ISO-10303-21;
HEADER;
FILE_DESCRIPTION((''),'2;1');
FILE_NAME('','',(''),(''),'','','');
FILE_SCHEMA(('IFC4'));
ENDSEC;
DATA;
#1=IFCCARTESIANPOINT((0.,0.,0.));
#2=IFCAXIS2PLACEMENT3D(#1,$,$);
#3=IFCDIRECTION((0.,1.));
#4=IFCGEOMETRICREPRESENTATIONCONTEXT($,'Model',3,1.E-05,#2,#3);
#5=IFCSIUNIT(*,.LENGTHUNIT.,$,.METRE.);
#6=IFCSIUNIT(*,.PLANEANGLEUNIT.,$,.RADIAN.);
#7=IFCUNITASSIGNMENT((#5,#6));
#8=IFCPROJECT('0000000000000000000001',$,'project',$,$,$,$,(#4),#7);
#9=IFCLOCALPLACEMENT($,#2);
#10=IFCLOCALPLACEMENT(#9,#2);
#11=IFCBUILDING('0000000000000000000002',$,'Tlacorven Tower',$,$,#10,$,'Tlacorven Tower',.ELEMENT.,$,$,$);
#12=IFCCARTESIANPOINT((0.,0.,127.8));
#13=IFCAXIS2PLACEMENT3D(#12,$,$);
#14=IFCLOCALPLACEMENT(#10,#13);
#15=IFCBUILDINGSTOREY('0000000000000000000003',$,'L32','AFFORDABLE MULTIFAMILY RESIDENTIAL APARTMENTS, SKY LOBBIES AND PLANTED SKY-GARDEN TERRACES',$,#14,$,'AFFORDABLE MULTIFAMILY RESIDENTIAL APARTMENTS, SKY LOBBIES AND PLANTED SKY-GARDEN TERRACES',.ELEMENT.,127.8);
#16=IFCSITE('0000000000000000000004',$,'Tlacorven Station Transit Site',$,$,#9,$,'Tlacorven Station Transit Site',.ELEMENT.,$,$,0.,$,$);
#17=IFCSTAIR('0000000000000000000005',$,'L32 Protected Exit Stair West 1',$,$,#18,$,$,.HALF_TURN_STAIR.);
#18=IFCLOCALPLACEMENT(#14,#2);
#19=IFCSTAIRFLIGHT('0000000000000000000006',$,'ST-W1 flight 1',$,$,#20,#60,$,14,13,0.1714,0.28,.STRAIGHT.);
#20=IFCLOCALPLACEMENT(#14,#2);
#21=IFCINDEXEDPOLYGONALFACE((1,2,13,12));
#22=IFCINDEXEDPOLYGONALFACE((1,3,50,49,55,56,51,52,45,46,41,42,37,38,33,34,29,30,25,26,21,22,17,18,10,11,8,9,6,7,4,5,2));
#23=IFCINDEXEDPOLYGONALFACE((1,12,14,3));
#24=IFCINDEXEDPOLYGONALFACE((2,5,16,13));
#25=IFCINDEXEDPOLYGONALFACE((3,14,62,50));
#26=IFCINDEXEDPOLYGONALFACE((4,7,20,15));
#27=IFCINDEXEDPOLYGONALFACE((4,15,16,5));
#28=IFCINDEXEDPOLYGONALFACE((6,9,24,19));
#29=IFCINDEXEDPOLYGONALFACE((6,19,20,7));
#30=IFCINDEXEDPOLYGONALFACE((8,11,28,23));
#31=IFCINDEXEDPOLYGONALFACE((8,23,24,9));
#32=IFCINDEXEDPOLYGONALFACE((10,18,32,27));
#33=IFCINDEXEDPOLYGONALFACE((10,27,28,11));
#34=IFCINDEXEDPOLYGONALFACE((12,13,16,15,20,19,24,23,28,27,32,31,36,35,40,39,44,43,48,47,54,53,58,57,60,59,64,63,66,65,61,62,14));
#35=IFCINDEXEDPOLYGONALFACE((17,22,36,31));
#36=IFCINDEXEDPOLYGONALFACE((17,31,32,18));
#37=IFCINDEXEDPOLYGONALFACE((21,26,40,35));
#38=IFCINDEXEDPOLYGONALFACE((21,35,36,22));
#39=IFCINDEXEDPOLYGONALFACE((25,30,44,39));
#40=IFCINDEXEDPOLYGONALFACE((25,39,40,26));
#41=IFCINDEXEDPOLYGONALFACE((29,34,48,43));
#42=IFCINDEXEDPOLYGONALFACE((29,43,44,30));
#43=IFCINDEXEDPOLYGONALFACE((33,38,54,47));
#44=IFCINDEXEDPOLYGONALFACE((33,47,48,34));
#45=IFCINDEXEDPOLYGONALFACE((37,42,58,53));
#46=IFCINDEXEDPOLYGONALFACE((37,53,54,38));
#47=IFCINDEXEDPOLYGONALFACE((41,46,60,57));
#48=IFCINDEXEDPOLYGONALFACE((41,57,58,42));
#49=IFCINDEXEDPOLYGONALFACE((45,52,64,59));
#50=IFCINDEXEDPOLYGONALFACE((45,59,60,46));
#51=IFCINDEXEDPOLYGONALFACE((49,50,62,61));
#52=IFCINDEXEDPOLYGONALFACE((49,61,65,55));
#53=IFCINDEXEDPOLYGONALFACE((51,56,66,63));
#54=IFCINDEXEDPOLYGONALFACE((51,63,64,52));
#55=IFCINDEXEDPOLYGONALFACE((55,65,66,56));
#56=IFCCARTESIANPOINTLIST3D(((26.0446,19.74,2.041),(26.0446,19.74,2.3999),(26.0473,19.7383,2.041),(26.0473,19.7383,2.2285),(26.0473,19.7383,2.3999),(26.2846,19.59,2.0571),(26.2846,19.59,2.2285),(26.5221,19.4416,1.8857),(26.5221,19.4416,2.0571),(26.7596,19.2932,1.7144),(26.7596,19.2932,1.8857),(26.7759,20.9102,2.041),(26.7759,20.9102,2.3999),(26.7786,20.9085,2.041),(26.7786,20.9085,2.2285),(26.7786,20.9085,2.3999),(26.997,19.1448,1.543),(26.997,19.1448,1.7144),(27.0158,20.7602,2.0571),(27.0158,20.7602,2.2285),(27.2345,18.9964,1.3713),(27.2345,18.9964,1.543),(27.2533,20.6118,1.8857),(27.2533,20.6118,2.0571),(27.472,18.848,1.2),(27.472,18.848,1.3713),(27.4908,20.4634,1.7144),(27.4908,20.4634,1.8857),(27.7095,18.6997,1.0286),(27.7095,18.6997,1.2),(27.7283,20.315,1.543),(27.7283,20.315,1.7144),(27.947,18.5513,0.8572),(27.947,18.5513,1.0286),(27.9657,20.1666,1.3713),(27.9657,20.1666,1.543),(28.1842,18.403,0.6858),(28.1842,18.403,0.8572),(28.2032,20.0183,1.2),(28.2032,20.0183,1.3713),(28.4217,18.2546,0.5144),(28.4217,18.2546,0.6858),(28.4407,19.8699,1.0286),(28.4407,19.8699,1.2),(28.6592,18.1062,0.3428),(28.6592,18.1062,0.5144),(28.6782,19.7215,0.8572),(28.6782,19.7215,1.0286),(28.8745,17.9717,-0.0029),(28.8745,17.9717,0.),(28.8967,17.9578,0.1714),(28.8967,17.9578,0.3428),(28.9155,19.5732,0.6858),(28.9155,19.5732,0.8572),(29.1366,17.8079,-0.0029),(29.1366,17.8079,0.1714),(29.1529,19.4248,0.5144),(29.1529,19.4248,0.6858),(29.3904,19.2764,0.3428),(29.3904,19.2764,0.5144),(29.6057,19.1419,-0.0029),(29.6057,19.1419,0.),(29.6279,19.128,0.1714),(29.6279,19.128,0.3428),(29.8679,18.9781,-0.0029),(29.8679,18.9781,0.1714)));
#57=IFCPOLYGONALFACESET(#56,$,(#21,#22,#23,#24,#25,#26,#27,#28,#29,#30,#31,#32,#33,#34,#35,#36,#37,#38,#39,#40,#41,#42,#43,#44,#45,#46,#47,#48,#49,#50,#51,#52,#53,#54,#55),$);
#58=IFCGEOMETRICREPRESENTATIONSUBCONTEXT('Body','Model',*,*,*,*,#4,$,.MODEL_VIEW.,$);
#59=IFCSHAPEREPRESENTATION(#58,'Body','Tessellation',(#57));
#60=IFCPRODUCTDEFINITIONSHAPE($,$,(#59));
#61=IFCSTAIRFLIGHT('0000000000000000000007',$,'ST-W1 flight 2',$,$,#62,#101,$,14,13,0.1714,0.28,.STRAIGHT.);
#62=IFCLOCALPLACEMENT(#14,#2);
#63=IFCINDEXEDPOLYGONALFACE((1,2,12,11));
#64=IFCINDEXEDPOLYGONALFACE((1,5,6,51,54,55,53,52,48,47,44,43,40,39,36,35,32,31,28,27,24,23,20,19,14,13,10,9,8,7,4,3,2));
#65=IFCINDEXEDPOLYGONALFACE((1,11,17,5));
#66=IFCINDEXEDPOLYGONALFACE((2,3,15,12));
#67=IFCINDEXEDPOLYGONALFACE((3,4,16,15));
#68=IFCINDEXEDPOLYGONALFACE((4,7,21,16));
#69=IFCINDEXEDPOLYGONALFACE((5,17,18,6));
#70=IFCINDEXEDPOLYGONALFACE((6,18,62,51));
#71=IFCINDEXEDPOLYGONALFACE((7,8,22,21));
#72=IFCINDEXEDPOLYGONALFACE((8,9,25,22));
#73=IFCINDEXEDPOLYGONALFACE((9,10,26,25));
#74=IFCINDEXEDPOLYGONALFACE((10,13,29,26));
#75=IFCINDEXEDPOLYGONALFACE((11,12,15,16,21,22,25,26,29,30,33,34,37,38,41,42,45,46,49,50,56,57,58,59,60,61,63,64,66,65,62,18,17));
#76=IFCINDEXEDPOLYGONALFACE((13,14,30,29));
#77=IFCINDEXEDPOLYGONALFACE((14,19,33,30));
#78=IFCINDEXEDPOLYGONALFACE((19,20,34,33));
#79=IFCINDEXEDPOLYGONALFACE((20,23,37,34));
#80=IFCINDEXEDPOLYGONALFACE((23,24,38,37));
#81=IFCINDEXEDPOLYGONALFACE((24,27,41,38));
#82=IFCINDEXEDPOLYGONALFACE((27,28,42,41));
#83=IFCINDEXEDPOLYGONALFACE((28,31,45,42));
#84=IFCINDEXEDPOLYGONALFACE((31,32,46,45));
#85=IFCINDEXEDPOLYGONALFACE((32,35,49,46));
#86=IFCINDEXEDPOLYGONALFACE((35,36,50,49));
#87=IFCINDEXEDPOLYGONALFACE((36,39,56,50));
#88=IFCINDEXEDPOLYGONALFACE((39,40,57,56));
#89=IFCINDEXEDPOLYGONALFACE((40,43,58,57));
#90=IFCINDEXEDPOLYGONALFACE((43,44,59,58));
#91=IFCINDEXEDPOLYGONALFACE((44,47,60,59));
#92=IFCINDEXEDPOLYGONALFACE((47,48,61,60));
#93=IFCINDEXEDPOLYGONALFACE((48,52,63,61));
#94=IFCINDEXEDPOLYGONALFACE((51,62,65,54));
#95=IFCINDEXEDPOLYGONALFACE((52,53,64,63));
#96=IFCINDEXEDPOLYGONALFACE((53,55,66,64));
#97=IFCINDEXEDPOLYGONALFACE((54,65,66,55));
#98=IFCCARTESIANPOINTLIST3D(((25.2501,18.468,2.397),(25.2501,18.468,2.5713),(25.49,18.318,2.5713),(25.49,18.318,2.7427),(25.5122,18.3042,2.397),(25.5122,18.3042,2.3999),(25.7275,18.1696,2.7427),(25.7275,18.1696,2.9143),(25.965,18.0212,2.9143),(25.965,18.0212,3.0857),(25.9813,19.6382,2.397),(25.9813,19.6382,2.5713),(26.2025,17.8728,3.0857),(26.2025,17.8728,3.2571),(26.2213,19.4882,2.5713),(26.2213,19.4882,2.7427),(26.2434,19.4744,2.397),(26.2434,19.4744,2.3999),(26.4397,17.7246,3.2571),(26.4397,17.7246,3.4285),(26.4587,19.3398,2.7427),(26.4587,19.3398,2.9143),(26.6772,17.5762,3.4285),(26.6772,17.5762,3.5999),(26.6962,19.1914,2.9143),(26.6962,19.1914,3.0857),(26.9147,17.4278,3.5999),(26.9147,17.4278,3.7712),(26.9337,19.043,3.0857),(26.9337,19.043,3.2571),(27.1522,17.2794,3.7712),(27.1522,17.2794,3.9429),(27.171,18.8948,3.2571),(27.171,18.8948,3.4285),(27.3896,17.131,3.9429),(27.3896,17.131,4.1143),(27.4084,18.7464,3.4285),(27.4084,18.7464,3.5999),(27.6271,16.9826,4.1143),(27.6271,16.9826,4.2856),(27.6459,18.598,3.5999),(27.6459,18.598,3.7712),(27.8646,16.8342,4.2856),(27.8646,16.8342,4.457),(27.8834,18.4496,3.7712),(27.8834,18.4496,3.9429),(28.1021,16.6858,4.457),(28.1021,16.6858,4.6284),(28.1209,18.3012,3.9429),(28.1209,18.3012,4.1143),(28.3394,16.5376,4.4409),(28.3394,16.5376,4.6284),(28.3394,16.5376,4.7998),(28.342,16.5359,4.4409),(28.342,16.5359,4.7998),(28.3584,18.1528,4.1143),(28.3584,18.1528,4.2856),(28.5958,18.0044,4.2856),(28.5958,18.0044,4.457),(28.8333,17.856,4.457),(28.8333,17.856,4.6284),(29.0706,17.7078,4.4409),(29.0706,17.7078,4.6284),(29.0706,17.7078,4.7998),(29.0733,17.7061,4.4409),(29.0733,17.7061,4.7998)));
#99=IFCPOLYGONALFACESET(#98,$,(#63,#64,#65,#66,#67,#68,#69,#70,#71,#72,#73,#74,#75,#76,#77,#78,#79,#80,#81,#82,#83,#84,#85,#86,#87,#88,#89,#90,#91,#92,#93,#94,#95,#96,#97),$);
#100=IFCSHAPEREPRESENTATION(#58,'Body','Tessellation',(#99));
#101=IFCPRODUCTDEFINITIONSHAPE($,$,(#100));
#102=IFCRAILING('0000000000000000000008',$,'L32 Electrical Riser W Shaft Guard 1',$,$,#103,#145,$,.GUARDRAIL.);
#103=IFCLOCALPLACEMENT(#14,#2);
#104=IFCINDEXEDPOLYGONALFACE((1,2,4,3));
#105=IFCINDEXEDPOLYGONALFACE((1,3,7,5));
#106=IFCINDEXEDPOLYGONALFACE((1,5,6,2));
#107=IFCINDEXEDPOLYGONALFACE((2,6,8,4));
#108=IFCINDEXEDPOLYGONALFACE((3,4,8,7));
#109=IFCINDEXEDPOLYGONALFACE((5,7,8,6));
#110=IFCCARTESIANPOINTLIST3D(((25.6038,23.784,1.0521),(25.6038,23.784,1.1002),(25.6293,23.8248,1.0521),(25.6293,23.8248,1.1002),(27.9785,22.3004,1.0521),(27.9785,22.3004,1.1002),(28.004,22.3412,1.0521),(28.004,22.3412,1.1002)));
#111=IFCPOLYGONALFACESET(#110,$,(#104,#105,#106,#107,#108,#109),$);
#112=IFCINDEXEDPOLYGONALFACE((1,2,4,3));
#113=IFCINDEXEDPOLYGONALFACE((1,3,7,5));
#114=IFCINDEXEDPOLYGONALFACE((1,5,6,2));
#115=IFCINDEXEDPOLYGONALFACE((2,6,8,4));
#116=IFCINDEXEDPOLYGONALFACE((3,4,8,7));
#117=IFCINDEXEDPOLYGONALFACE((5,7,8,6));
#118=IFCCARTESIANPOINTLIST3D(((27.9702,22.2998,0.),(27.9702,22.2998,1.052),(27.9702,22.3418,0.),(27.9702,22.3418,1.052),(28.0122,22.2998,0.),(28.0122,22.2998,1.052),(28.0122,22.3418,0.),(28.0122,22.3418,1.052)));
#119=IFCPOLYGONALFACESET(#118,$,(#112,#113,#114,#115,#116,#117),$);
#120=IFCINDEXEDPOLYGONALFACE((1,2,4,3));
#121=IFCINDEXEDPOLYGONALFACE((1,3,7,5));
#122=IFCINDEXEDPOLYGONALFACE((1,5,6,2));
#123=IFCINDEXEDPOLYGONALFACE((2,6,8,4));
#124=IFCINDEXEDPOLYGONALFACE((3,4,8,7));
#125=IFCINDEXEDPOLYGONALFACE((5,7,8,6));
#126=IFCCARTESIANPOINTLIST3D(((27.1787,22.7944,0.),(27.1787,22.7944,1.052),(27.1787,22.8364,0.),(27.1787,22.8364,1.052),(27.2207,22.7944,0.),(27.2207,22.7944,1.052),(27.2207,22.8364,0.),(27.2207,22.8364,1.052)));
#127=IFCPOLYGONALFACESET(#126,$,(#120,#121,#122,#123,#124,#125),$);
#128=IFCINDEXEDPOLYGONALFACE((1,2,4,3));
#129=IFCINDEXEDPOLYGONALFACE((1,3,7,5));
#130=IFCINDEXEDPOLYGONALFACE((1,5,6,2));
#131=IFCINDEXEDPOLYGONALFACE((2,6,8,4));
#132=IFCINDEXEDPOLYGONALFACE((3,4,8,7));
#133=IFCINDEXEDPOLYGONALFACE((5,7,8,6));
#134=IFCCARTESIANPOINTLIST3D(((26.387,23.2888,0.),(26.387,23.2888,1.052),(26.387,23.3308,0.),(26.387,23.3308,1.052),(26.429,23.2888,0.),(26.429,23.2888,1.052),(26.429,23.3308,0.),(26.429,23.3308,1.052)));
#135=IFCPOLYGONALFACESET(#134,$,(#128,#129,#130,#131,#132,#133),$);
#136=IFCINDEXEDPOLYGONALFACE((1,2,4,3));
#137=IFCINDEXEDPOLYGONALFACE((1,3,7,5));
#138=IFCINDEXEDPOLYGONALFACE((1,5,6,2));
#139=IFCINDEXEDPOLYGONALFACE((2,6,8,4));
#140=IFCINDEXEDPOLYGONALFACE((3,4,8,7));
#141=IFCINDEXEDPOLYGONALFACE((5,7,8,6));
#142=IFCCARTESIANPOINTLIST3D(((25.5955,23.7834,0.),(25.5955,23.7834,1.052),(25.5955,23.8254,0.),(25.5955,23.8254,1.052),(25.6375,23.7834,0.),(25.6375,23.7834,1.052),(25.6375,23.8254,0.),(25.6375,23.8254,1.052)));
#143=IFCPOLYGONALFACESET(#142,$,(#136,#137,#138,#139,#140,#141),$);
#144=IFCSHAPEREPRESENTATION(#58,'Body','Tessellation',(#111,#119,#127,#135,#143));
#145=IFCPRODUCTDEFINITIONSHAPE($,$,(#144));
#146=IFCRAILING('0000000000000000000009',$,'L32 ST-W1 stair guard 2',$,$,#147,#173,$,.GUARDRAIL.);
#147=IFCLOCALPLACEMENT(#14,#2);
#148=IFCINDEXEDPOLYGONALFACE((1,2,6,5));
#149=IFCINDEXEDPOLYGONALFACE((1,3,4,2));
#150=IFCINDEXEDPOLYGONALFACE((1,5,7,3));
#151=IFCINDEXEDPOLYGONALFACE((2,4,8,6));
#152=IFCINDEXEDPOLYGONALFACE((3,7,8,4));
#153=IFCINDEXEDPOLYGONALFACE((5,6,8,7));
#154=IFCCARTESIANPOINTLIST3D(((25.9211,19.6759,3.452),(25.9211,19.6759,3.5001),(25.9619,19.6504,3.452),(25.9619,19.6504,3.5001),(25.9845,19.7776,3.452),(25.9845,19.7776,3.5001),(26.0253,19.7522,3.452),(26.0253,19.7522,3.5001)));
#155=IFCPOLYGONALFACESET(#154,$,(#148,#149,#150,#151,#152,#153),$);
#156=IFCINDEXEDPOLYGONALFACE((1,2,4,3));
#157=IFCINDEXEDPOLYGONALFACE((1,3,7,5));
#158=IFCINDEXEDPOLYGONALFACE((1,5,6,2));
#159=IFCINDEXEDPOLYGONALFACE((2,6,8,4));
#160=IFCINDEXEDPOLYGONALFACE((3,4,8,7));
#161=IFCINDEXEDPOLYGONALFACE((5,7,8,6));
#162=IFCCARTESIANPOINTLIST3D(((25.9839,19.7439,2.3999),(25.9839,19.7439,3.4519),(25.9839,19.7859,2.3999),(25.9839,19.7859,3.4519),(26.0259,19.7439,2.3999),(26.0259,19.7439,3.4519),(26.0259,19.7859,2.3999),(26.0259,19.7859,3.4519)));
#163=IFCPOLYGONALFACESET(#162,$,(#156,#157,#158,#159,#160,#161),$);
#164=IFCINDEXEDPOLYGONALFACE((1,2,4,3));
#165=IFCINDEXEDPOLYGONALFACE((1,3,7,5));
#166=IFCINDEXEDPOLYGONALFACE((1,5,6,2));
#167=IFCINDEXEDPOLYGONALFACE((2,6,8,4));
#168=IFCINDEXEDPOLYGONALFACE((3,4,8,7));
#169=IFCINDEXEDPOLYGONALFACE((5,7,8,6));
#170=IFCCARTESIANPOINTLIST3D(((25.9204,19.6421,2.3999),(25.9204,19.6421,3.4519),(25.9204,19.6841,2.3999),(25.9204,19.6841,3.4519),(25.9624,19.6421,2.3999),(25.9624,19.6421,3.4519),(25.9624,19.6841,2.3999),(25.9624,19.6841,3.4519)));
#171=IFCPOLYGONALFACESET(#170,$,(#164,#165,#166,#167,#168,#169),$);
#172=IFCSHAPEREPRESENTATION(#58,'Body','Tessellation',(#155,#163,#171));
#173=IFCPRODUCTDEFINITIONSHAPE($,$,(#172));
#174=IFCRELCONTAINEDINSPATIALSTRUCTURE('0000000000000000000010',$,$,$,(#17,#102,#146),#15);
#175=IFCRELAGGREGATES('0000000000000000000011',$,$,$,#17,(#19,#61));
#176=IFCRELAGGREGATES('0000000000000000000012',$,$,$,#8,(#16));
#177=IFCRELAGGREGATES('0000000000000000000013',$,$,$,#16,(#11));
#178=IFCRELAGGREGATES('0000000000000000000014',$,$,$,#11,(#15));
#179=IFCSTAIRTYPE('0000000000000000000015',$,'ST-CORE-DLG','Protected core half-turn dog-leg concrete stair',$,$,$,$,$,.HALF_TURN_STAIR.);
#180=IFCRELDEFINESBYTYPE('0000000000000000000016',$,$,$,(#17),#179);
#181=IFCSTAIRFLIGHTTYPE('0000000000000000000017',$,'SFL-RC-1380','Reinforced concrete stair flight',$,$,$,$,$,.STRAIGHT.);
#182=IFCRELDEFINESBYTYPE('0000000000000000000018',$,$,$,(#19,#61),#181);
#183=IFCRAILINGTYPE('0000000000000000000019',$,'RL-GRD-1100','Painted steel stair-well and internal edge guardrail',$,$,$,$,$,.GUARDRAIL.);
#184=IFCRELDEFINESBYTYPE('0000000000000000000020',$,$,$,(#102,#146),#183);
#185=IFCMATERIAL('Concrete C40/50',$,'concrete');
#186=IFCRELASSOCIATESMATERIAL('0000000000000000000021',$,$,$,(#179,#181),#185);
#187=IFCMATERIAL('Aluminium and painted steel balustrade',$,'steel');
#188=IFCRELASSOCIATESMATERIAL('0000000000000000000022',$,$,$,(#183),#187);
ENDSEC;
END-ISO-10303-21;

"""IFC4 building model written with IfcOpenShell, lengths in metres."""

from ifc_helpers import new_model, si_unit, direction, frame, origin, origin_2d, place, context, subcontext, project, spatial, polyline, rectangle, outline, extrude, source, transform, mapped, material, type_object, element, aggregate, save


model = new_model("IFC4")

# Units and contexts
model_context = context("Model", 3, precision=1e-05, world=origin(), true_north=direction((0.0, 1.0)))
body_context = subcontext(model_context, "Body", "Model", "MODEL_VIEW")
ifc_project = project(units=[si_unit("LENGTHUNIT", "METRE"), si_unit("PLANEANGLEUNIT", "RADIAN")], contexts=[model_context])

# Site, building, storey
site_placement = place(None, origin())
site = spatial("IfcSite", under=ifc_project, at=site_placement, Name="Tlacorven Station Transit Site", LongName="Tlacorven Station Transit Site", CompositionType="ELEMENT", RefElevation=0.0)
building_placement = place(site_placement, origin())
building = spatial("IfcBuilding", under=site, at=building_placement, Name="Tlacorven Tower", LongName="Tlacorven Tower", CompositionType="ELEMENT")
storey_placement = place(building_placement, frame((0.0, 0.0, 127.8)))
storey = spatial("IfcBuildingStorey", under=building, at=storey_placement, Name="L32", Description="AFFORDABLE MULTIFAMILY RESIDENTIAL APARTMENTS, SKY LOBBIES AND PLANTED SKY-GARDEN TERRACES", LongName="AFFORDABLE MULTIFAMILY RESIDENTIAL APARTMENTS, SKY LOBBIES AND PLANTED SKY-GARDEN TERRACES", CompositionType="ELEMENT", Elevation=127.8)

# Shared definitions
ifc_material_1 = material(Name="Concrete C40/50", Category="concrete")

# Stair, stair flights
stair_type = type_object("IfcStairType", Name="ST-CORE-DLG", Description="Protected core half-turn dog-leg concrete stair", PredefinedType="HALF_TURN_STAIR", material=ifc_material_1)
stair_placement = place(storey_placement, origin())
stair = element("IfcStair", 1, at=stair_placement, inside=storey, type_object=stair_type, Name="L32 Protected Exit Stair West 1", PredefinedType="HALF_TURN_STAIR")
stair_flight_type = type_object("IfcStairFlightType", Name="SFL-RC-1380", Description="Reinforced concrete stair flight", PredefinedType="STRAIGHT", material=ifc_material_1)
shared_shape_1 = source(origin(), body_context, "Body", "SweptSolid", [
    extrude(outline(polyline([(-0.0029, -0.0029), (-0.0029, 0.1714), (0.28, 0.1714), (0.28, 0.3428), (0.5601, 0.3428), (0.5601, 0.5144), (0.8401, 0.5144), (0.8401, 0.6858), (1.1201, 0.6858), (1.1201, 0.8572), (1.3999, 0.8572), (1.3999, 1.0286), (1.6799, 1.0286), (1.6799, 1.2), (1.96, 1.2), (1.96, 1.3713), (2.24, 1.3713), (2.24, 1.543), (2.52, 1.543), (2.52, 1.7144), (2.8, 1.7144), (2.8, 1.8857), (3.0801, 1.8857), (3.0801, 2.0571), (3.3601, 2.0571), (3.3601, 2.2285), (3.6399, 2.2285), (3.6399, 2.3999), (3.6431, 2.3999), (3.6431, 2.041), (3.6399, 2.041), (0.3062, 0.0), (0.3062, -0.0029), (-0.0029, -0.0029)])), frame((0.0, 0.6899, 0.0), z_axis=(0.0, -1.0, 0.0), x_axis=(1.0, 0.0, 0.0)), (0.0, 0.0, 1.0), 1.3799),
])
stair_flight_1_placement = place(storey_placement, frame((29.4998, 18.3945, 0.0), z_axis=(0.0, 0.0, 1.0), x_axis=(-0.848048, 0.529919, 0.0)))
stair_flight_1 = element("IfcStairFlight", 2, at=stair_flight_1_placement, type_object=stair_flight_type, Name="ST-W1 flight 1", NumberOfRisers=14, NumberOfTreads=13, PredefinedType="STRAIGHT", RiserHeight=0.1714, TreadLength=0.28, context=body_context, shape_type="MappedRepresentation", body=[
    mapped(shared_shape_1, transform((0.0, 0.0, 0.0), scale=1.0)),
])
stair_flight_2_placement = place(storey_placement, frame((25.6182, 19.0515, 2.3999), z_axis=(0.0, 0.0, 1.0), x_axis=(0.848048, -0.529919, 0.0)))
stair_flight_2 = element("IfcStairFlight", 3, at=stair_flight_2_placement, type_object=stair_flight_type, Name="ST-W1 flight 2", NumberOfRisers=14, NumberOfTreads=13, PredefinedType="STRAIGHT", RiserHeight=0.1714, TreadLength=0.28, context=body_context, shape_type="MappedRepresentation", body=[
    mapped(shared_shape_1, transform((0.0, 0.0, 0.0), scale=1.0)),
])
aggregate(stair, [stair_flight_1, stair_flight_2])

# Railings
ifc_material_2 = material(Name="Aluminium and painted steel balustrade", Category="steel")
railing_type_1 = type_object("IfcRailingType", Name="RL-GRD-1100", Description="Painted steel stair-well and internal edge guardrail", PredefinedType="GUARDRAIL", material=ifc_material_2)
shared_shape_2 = source(origin(), body_context, "Body", "SweptSolid", [
    extrude(rectangle(XDim=0.0481, YDim=0.0481, at=origin_2d()), frame((0.0, 0.0, 1.0762), z_axis=(-0.848091, 0.52985, 0.0), x_axis=(-0.52985, -0.848091, 0.0)), (0.0, 0.0, 1.0), 2.8),
    extrude(rectangle(XDim=0.042, YDim=0.042, at=origin_2d()), origin(), (0.0, 0.0, 1.0), 1.052),
    extrude(rectangle(XDim=0.042, YDim=0.042, at=origin_2d()), frame((-0.7915, 0.4946, 0.0)), (0.0, 0.0, 1.0), 1.052),
    extrude(rectangle(XDim=0.042, YDim=0.042, at=origin_2d()), frame((-1.5833, 0.989, 0.0)), (0.0, 0.0, 1.0), 1.052),
    extrude(rectangle(XDim=0.042, YDim=0.042, at=origin_2d()), frame((-2.3748, 1.4836, 0.0)), (0.0, 0.0, 1.0), 1.052),
])
railing_1_placement = place(storey_placement, frame((27.9912, 22.3208, 0.0)))
element("IfcRailing", 4, at=railing_1_placement, inside=storey, type_object=railing_type_1, Name="L32 Electrical Riser W Shaft Guard 1", PredefinedType="GUARDRAIL", context=body_context, shape_type="MappedRepresentation", body=[
    mapped(shared_shape_2, transform((0.0, 0.0, 0.0), scale=1.0)),
])
shared_shape_3 = source(origin(), body_context, "Body", "SweptSolid", [
    extrude(rectangle(XDim=0.0481, YDim=0.0481, at=origin_2d()), frame((0.0, 0.0, 1.0762), z_axis=(-0.529084, -0.848569, 0.0), x_axis=(0.848569, -0.529084, 0.0)), (0.0, 0.0, 1.0), 0.1199),
    extrude(rectangle(XDim=0.042, YDim=0.042, at=origin_2d()), origin(), (0.0, 0.0, 1.0), 1.052),
    extrude(rectangle(XDim=0.042, YDim=0.042, at=origin_2d()), frame((-0.0635, -0.1018, 0.0)), (0.0, 0.0, 1.0), 1.052),
])
railing_2_placement = place(storey_placement, frame((26.0049, 19.7649, 2.3999)))
element("IfcRailing", 5, at=railing_2_placement, inside=storey, type_object=railing_type_1, Name="L32 ST-W1 stair guard 2", PredefinedType="GUARDRAIL", context=body_context, shape_type="MappedRepresentation", body=[
    mapped(shared_shape_3, transform((0.0, 0.0, 0.0), scale=1.0)),
])

save(model, "model.ifc")
